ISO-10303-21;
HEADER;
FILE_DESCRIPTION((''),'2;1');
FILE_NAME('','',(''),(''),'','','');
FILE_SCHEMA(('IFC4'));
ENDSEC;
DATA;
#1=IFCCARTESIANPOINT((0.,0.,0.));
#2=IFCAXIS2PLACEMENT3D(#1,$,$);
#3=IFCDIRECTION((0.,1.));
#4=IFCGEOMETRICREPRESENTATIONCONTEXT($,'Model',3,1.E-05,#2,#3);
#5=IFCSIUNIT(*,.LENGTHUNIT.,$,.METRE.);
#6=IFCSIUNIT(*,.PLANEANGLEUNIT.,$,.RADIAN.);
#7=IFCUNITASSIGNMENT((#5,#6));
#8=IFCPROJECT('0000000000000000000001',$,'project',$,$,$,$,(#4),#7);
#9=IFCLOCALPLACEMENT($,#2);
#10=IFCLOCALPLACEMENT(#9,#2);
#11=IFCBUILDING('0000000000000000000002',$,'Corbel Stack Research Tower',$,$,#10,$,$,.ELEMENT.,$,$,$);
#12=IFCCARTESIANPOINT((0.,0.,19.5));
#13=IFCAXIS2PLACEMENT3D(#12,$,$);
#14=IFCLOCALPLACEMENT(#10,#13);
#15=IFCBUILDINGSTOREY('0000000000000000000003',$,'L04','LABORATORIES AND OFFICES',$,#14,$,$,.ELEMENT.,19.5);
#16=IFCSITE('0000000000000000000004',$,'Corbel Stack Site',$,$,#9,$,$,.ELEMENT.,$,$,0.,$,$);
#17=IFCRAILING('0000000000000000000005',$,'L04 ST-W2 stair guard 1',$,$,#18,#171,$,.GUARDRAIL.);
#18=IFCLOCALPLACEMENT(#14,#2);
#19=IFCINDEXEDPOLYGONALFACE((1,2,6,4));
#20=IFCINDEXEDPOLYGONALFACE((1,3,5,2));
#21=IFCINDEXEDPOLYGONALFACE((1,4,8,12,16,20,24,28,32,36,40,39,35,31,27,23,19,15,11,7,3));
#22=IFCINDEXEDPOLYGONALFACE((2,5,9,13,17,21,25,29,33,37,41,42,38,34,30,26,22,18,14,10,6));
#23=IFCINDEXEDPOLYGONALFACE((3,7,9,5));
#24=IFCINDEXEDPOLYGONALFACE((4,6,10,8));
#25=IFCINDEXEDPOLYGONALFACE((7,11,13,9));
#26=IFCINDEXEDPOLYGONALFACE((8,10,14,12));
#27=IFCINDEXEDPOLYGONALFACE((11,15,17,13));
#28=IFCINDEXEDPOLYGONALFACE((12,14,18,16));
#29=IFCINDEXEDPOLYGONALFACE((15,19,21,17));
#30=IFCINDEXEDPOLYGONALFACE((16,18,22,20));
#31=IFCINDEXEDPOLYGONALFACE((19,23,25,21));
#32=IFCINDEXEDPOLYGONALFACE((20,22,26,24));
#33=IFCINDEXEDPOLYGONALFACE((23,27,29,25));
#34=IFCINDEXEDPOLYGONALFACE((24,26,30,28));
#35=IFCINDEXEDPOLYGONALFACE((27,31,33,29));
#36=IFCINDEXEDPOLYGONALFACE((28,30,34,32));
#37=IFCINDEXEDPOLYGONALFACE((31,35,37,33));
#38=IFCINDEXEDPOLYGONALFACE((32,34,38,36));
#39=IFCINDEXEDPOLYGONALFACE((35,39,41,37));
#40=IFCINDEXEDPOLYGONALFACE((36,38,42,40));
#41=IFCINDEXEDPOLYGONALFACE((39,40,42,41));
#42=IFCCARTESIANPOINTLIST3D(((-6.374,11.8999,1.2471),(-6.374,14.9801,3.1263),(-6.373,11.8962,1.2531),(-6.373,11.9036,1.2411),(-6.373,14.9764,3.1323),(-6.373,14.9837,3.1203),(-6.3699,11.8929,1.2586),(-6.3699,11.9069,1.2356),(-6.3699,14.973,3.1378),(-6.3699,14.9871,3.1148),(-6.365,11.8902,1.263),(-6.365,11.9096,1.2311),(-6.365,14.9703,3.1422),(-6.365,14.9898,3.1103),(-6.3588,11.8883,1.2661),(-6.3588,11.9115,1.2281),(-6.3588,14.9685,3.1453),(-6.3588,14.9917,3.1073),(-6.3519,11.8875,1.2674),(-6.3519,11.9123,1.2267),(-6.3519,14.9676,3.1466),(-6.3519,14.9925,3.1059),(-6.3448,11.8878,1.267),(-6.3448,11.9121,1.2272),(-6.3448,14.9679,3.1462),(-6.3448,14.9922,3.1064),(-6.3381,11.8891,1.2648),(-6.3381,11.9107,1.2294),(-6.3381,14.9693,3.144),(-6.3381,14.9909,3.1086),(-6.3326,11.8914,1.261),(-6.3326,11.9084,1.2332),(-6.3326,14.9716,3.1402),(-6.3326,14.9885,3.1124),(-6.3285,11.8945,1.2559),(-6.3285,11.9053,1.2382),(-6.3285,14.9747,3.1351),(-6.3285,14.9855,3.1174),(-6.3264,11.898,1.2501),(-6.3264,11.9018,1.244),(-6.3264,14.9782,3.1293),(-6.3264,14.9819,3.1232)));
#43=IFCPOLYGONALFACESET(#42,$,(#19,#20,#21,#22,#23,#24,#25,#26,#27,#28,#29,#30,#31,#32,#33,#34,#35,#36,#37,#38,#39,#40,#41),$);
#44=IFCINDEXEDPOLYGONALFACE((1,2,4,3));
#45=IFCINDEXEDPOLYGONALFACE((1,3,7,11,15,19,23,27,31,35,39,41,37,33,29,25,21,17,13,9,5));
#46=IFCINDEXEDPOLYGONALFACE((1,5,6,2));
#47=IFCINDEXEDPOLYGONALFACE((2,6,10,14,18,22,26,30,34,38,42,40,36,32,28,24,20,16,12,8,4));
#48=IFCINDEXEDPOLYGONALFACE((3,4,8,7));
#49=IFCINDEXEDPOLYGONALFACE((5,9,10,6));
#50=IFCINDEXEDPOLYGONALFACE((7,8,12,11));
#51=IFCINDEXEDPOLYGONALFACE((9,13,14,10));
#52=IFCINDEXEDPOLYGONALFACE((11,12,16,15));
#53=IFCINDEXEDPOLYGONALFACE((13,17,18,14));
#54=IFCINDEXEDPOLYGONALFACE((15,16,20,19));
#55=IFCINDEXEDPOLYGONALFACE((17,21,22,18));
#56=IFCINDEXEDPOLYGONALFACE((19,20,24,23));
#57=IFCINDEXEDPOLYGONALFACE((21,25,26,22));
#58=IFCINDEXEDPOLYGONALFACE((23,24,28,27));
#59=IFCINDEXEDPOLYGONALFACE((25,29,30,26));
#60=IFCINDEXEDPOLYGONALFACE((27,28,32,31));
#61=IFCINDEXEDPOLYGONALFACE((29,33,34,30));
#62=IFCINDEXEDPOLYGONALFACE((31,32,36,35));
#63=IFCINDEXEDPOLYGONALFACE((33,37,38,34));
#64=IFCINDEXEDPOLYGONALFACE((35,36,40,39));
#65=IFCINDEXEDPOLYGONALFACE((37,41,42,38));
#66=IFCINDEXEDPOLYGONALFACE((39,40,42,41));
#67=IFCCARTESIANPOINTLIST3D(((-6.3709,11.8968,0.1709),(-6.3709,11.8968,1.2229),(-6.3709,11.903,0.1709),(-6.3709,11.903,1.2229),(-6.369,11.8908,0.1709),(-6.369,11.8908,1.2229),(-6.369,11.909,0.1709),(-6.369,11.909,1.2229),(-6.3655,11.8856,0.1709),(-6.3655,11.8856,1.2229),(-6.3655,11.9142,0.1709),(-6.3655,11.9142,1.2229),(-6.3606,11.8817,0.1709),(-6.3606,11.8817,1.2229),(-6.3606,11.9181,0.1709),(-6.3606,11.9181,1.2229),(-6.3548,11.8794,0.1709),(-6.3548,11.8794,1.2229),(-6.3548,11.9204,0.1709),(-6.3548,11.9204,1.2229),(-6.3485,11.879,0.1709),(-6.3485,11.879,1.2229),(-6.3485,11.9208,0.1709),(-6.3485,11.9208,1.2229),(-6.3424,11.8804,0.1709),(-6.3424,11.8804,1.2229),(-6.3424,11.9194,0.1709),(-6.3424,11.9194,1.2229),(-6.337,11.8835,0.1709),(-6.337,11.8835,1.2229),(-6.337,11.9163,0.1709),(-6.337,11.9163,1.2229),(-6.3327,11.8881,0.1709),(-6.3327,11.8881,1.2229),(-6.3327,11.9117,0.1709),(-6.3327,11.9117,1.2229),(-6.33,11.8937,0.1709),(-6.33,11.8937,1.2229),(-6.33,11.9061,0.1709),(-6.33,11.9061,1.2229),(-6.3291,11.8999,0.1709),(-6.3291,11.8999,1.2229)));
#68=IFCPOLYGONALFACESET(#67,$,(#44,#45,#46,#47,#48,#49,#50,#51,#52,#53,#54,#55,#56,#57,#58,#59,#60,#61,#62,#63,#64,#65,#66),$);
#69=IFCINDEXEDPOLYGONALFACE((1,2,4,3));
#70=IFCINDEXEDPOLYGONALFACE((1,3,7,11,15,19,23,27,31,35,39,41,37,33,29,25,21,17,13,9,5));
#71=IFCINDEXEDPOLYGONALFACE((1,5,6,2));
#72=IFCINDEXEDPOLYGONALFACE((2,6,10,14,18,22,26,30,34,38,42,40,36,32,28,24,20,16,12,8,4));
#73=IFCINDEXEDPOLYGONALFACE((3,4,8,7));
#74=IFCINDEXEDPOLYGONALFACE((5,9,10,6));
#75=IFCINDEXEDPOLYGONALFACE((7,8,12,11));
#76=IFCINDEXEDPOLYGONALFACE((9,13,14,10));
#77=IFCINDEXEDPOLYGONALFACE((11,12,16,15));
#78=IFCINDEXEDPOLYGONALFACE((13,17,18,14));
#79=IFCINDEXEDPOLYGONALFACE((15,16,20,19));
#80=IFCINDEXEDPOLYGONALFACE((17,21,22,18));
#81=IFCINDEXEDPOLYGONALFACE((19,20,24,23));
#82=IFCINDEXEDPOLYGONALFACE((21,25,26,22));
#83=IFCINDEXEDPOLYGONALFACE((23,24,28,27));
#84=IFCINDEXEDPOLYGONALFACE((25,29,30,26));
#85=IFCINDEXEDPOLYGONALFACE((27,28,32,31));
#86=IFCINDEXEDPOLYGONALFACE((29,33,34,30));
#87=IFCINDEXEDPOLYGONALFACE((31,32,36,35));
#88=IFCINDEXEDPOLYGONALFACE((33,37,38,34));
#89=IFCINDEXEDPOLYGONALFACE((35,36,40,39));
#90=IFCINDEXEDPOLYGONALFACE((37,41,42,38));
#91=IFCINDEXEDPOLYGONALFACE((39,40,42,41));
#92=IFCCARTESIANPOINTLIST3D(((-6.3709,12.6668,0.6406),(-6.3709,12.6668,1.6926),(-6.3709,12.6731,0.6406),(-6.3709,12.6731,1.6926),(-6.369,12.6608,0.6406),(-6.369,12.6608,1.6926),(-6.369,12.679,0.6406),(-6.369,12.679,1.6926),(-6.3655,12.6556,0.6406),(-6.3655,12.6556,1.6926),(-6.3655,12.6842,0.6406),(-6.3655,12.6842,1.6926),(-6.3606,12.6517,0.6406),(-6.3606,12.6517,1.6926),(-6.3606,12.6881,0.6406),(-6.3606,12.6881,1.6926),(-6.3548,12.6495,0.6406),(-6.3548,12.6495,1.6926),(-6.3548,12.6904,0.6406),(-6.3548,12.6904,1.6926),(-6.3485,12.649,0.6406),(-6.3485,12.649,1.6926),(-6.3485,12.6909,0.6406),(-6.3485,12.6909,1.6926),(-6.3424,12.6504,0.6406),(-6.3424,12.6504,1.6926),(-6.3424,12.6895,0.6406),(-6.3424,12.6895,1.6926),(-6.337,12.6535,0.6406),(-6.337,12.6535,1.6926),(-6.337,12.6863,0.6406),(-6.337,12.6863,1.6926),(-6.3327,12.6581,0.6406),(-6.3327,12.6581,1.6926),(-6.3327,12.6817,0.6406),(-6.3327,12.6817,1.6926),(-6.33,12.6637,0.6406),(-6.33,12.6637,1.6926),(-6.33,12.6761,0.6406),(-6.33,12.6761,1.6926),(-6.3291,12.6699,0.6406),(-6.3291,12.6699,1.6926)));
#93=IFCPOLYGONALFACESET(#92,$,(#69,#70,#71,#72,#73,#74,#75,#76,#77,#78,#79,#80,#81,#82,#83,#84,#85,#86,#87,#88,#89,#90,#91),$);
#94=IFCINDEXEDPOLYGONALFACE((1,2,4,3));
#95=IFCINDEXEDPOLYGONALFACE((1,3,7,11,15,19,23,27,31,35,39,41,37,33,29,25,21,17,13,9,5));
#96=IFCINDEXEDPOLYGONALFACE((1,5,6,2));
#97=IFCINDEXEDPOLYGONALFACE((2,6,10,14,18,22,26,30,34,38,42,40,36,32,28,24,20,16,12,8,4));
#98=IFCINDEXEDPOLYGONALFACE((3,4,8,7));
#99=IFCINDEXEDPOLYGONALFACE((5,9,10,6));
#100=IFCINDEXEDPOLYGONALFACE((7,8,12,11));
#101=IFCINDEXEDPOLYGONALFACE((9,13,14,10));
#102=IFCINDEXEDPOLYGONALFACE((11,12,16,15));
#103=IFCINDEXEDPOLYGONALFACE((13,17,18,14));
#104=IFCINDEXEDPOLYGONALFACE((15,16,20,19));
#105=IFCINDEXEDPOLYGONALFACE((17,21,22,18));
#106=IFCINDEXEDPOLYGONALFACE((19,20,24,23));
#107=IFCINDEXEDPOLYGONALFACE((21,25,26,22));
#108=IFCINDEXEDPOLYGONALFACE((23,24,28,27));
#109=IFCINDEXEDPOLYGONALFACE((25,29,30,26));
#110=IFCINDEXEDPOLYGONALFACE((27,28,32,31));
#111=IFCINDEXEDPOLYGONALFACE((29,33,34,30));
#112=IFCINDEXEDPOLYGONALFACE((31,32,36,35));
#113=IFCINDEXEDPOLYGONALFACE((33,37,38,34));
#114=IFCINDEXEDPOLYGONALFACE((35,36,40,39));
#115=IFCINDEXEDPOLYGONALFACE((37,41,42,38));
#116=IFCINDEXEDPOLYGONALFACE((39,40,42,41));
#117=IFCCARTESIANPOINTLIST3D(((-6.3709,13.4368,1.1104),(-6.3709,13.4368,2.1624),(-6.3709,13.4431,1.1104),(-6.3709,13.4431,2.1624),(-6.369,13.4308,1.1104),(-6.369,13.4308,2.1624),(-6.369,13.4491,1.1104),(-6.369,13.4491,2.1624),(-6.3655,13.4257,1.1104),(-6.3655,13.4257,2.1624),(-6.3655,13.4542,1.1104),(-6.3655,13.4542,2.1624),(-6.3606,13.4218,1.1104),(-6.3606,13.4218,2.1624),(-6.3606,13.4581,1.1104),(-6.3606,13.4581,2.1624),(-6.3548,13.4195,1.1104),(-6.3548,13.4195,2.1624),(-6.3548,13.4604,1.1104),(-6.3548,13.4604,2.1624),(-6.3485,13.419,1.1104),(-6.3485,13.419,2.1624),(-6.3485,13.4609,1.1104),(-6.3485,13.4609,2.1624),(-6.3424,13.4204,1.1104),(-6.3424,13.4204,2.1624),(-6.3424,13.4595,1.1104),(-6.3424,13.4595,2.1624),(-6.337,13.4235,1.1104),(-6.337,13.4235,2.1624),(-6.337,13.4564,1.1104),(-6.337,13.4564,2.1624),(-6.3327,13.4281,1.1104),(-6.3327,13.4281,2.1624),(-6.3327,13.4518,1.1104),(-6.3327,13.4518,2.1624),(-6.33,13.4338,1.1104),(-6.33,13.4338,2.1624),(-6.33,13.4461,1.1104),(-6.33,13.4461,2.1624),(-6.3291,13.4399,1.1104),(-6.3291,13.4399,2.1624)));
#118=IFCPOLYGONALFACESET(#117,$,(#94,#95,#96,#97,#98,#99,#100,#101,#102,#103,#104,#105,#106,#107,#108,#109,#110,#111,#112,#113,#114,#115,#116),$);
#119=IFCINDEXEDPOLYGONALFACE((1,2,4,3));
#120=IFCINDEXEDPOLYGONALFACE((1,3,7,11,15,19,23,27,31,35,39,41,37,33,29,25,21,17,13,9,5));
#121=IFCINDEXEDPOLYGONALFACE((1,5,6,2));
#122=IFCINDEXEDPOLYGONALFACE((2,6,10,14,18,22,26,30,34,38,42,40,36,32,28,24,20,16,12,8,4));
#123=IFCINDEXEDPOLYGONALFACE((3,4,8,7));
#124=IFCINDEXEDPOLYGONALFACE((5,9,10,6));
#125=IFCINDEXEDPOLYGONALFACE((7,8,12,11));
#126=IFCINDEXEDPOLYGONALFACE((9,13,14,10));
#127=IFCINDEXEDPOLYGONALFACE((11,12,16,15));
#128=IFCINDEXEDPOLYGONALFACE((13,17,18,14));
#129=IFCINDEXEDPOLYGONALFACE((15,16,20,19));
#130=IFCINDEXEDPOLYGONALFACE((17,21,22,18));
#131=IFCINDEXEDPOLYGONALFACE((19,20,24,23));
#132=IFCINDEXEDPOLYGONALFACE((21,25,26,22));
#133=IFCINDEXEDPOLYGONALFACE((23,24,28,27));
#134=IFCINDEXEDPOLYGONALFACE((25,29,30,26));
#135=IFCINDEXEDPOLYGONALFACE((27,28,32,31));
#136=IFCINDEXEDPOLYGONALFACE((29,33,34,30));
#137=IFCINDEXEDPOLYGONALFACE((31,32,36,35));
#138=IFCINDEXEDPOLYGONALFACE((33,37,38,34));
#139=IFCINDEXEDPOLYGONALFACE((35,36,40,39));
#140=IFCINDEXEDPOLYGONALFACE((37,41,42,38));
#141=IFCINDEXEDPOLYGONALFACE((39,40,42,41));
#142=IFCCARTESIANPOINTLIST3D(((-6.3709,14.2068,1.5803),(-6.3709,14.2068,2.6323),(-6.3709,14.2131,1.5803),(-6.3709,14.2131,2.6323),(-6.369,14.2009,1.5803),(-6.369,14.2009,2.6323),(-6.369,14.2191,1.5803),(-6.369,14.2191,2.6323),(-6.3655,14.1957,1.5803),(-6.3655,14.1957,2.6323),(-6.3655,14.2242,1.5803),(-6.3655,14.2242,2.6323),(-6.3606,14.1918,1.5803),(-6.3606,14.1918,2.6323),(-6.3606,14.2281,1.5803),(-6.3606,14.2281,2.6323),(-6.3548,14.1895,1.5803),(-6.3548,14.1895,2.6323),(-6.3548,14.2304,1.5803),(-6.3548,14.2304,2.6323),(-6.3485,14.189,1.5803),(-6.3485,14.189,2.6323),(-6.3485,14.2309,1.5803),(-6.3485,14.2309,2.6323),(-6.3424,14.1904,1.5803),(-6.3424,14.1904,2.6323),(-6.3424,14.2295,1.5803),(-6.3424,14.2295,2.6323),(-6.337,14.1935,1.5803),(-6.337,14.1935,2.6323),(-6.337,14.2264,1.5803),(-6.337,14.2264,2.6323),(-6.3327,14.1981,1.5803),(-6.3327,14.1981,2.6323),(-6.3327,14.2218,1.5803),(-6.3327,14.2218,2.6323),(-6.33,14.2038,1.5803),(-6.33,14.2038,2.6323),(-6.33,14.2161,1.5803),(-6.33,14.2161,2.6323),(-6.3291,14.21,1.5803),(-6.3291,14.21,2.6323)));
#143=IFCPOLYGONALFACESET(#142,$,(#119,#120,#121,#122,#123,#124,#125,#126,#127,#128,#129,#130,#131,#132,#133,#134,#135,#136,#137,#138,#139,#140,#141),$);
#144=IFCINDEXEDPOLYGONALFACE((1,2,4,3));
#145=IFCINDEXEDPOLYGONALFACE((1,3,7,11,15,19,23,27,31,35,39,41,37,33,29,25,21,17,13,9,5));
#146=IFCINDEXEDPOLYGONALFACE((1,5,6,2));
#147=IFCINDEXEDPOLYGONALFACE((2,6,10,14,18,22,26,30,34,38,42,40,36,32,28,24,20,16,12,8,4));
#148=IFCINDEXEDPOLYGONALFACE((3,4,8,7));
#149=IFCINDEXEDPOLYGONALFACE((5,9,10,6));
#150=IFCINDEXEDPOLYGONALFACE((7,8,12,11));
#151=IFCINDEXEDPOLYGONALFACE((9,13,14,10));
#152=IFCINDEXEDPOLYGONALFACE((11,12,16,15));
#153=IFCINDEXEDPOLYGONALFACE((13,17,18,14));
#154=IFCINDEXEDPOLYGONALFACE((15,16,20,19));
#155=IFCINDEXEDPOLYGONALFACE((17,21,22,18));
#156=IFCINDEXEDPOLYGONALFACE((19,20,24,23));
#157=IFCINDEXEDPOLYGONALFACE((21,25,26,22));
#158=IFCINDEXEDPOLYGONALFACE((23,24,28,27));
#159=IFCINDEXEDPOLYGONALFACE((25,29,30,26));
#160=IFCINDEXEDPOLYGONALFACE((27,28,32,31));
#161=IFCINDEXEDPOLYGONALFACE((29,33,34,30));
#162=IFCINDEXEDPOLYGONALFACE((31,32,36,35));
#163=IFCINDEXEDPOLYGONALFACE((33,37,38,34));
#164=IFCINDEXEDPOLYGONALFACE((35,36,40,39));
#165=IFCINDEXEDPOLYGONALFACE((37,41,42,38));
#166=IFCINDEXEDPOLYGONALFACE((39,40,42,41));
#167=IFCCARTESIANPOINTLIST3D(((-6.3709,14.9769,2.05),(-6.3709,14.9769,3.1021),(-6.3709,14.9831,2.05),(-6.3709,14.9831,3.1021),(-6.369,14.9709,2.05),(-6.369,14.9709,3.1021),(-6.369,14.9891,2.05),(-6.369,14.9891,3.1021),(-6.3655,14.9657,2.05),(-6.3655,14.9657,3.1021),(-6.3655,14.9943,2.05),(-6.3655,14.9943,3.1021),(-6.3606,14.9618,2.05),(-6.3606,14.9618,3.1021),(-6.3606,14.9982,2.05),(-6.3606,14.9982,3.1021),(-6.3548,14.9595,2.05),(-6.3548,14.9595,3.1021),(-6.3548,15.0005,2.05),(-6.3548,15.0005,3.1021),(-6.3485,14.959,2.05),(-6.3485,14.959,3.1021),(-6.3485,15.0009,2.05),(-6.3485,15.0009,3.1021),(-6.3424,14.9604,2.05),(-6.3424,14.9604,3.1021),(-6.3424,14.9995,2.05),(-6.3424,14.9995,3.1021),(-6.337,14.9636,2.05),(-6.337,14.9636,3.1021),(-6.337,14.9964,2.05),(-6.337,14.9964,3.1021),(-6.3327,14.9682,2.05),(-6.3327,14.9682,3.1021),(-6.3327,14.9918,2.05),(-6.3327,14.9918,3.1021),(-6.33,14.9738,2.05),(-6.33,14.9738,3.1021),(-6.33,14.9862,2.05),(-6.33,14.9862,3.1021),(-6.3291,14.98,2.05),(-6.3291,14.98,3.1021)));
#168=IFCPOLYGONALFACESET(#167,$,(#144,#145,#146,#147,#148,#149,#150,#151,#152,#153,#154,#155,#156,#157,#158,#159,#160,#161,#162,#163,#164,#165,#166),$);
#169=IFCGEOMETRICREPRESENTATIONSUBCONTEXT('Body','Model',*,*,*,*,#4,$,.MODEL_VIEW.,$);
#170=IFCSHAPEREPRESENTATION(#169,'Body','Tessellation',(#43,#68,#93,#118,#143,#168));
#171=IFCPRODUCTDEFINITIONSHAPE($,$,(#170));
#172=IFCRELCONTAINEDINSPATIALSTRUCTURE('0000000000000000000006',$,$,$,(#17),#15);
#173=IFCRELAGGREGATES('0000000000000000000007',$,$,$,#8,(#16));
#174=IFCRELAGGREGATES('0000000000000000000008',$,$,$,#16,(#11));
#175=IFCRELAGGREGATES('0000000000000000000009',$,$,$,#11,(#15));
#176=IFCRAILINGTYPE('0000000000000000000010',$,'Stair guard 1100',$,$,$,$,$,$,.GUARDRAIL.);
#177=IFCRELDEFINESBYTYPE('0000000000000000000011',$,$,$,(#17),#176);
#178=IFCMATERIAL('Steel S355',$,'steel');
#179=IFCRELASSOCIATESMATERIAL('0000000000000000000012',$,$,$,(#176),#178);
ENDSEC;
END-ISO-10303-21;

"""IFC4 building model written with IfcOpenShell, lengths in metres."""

from ifc_helpers import new_model, si_unit, direction, frame, origin, origin_2d, place, context, subcontext, project, spatial, circle, extrude, material, type_object, element, save


model = new_model("IFC4")

# Units and contexts
model_context = context("Model", 3, precision=1e-05, world=origin(), true_north=direction((0.0, 1.0)))
body_context = subcontext(model_context, "Body", "Model", "MODEL_VIEW")
ifc_project = project(units=[si_unit("LENGTHUNIT", "METRE"), si_unit("PLANEANGLEUNIT", "RADIAN")], contexts=[model_context])

# Site, building, storey
site_placement = place(None, origin())
site = spatial("IfcSite", under=ifc_project, at=site_placement, Name="Corbel Stack Site", CompositionType="ELEMENT", RefElevation=0.0)
building_placement = place(site_placement, origin())
building = spatial("IfcBuilding", under=site, at=building_placement, Name="Corbel Stack Research Tower", CompositionType="ELEMENT")
storey_placement = place(building_placement, frame((0.0, 0.0, 19.5)))
storey = spatial("IfcBuildingStorey", under=building, at=storey_placement, Name="L04", Description="LABORATORIES AND OFFICES", CompositionType="ELEMENT", Elevation=19.5)

# Railing
ifc_material_1 = material(Name="Steel S355", Category="steel")
railing_type_1 = type_object("IfcRailingType", Name="Stair guard 1100", PredefinedType="GUARDRAIL", material=ifc_material_1)
railing_1_placement = place(storey_placement, frame((-6.3501, 11.8999, 0.1709)))
element("IfcRailing", 1, at=railing_1_placement, inside=storey, type_object=railing_type_1, Name="L04 ST-W2 stair guard 1", PredefinedType="GUARDRAIL", context=body_context, shape_type="SweptSolid", body=[
    extrude(circle(Radius=0.0239, at=origin_2d()), frame((0.0, 0.0, 1.0762), z_axis=(0.0, 0.853666, 0.52082), x_axis=(-1.0, 0.0, 0.0)), (0.0, 0.0, 1.0), 3.6082),
    extrude(circle(Radius=0.021, at=origin_2d()), origin(), (0.0, 0.0, 1.0), 1.052),
    extrude(circle(Radius=0.021, at=origin_2d()), frame((0.0, 0.77, 0.4697)), (0.0, 0.0, 1.0), 1.052),
    extrude(circle(Radius=0.021, at=origin_2d()), frame((0.0, 1.54, 0.9395)), (0.0, 0.0, 1.0), 1.052),
    extrude(circle(Radius=0.021, at=origin_2d()), frame((0.0, 2.3101, 1.4094)), (0.0, 0.0, 1.0), 1.052),
    extrude(circle(Radius=0.021, at=origin_2d()), frame((0.0, 3.0801, 1.8792)), (0.0, 0.0, 1.0), 1.052),
])

save(model, "model.ifc")
